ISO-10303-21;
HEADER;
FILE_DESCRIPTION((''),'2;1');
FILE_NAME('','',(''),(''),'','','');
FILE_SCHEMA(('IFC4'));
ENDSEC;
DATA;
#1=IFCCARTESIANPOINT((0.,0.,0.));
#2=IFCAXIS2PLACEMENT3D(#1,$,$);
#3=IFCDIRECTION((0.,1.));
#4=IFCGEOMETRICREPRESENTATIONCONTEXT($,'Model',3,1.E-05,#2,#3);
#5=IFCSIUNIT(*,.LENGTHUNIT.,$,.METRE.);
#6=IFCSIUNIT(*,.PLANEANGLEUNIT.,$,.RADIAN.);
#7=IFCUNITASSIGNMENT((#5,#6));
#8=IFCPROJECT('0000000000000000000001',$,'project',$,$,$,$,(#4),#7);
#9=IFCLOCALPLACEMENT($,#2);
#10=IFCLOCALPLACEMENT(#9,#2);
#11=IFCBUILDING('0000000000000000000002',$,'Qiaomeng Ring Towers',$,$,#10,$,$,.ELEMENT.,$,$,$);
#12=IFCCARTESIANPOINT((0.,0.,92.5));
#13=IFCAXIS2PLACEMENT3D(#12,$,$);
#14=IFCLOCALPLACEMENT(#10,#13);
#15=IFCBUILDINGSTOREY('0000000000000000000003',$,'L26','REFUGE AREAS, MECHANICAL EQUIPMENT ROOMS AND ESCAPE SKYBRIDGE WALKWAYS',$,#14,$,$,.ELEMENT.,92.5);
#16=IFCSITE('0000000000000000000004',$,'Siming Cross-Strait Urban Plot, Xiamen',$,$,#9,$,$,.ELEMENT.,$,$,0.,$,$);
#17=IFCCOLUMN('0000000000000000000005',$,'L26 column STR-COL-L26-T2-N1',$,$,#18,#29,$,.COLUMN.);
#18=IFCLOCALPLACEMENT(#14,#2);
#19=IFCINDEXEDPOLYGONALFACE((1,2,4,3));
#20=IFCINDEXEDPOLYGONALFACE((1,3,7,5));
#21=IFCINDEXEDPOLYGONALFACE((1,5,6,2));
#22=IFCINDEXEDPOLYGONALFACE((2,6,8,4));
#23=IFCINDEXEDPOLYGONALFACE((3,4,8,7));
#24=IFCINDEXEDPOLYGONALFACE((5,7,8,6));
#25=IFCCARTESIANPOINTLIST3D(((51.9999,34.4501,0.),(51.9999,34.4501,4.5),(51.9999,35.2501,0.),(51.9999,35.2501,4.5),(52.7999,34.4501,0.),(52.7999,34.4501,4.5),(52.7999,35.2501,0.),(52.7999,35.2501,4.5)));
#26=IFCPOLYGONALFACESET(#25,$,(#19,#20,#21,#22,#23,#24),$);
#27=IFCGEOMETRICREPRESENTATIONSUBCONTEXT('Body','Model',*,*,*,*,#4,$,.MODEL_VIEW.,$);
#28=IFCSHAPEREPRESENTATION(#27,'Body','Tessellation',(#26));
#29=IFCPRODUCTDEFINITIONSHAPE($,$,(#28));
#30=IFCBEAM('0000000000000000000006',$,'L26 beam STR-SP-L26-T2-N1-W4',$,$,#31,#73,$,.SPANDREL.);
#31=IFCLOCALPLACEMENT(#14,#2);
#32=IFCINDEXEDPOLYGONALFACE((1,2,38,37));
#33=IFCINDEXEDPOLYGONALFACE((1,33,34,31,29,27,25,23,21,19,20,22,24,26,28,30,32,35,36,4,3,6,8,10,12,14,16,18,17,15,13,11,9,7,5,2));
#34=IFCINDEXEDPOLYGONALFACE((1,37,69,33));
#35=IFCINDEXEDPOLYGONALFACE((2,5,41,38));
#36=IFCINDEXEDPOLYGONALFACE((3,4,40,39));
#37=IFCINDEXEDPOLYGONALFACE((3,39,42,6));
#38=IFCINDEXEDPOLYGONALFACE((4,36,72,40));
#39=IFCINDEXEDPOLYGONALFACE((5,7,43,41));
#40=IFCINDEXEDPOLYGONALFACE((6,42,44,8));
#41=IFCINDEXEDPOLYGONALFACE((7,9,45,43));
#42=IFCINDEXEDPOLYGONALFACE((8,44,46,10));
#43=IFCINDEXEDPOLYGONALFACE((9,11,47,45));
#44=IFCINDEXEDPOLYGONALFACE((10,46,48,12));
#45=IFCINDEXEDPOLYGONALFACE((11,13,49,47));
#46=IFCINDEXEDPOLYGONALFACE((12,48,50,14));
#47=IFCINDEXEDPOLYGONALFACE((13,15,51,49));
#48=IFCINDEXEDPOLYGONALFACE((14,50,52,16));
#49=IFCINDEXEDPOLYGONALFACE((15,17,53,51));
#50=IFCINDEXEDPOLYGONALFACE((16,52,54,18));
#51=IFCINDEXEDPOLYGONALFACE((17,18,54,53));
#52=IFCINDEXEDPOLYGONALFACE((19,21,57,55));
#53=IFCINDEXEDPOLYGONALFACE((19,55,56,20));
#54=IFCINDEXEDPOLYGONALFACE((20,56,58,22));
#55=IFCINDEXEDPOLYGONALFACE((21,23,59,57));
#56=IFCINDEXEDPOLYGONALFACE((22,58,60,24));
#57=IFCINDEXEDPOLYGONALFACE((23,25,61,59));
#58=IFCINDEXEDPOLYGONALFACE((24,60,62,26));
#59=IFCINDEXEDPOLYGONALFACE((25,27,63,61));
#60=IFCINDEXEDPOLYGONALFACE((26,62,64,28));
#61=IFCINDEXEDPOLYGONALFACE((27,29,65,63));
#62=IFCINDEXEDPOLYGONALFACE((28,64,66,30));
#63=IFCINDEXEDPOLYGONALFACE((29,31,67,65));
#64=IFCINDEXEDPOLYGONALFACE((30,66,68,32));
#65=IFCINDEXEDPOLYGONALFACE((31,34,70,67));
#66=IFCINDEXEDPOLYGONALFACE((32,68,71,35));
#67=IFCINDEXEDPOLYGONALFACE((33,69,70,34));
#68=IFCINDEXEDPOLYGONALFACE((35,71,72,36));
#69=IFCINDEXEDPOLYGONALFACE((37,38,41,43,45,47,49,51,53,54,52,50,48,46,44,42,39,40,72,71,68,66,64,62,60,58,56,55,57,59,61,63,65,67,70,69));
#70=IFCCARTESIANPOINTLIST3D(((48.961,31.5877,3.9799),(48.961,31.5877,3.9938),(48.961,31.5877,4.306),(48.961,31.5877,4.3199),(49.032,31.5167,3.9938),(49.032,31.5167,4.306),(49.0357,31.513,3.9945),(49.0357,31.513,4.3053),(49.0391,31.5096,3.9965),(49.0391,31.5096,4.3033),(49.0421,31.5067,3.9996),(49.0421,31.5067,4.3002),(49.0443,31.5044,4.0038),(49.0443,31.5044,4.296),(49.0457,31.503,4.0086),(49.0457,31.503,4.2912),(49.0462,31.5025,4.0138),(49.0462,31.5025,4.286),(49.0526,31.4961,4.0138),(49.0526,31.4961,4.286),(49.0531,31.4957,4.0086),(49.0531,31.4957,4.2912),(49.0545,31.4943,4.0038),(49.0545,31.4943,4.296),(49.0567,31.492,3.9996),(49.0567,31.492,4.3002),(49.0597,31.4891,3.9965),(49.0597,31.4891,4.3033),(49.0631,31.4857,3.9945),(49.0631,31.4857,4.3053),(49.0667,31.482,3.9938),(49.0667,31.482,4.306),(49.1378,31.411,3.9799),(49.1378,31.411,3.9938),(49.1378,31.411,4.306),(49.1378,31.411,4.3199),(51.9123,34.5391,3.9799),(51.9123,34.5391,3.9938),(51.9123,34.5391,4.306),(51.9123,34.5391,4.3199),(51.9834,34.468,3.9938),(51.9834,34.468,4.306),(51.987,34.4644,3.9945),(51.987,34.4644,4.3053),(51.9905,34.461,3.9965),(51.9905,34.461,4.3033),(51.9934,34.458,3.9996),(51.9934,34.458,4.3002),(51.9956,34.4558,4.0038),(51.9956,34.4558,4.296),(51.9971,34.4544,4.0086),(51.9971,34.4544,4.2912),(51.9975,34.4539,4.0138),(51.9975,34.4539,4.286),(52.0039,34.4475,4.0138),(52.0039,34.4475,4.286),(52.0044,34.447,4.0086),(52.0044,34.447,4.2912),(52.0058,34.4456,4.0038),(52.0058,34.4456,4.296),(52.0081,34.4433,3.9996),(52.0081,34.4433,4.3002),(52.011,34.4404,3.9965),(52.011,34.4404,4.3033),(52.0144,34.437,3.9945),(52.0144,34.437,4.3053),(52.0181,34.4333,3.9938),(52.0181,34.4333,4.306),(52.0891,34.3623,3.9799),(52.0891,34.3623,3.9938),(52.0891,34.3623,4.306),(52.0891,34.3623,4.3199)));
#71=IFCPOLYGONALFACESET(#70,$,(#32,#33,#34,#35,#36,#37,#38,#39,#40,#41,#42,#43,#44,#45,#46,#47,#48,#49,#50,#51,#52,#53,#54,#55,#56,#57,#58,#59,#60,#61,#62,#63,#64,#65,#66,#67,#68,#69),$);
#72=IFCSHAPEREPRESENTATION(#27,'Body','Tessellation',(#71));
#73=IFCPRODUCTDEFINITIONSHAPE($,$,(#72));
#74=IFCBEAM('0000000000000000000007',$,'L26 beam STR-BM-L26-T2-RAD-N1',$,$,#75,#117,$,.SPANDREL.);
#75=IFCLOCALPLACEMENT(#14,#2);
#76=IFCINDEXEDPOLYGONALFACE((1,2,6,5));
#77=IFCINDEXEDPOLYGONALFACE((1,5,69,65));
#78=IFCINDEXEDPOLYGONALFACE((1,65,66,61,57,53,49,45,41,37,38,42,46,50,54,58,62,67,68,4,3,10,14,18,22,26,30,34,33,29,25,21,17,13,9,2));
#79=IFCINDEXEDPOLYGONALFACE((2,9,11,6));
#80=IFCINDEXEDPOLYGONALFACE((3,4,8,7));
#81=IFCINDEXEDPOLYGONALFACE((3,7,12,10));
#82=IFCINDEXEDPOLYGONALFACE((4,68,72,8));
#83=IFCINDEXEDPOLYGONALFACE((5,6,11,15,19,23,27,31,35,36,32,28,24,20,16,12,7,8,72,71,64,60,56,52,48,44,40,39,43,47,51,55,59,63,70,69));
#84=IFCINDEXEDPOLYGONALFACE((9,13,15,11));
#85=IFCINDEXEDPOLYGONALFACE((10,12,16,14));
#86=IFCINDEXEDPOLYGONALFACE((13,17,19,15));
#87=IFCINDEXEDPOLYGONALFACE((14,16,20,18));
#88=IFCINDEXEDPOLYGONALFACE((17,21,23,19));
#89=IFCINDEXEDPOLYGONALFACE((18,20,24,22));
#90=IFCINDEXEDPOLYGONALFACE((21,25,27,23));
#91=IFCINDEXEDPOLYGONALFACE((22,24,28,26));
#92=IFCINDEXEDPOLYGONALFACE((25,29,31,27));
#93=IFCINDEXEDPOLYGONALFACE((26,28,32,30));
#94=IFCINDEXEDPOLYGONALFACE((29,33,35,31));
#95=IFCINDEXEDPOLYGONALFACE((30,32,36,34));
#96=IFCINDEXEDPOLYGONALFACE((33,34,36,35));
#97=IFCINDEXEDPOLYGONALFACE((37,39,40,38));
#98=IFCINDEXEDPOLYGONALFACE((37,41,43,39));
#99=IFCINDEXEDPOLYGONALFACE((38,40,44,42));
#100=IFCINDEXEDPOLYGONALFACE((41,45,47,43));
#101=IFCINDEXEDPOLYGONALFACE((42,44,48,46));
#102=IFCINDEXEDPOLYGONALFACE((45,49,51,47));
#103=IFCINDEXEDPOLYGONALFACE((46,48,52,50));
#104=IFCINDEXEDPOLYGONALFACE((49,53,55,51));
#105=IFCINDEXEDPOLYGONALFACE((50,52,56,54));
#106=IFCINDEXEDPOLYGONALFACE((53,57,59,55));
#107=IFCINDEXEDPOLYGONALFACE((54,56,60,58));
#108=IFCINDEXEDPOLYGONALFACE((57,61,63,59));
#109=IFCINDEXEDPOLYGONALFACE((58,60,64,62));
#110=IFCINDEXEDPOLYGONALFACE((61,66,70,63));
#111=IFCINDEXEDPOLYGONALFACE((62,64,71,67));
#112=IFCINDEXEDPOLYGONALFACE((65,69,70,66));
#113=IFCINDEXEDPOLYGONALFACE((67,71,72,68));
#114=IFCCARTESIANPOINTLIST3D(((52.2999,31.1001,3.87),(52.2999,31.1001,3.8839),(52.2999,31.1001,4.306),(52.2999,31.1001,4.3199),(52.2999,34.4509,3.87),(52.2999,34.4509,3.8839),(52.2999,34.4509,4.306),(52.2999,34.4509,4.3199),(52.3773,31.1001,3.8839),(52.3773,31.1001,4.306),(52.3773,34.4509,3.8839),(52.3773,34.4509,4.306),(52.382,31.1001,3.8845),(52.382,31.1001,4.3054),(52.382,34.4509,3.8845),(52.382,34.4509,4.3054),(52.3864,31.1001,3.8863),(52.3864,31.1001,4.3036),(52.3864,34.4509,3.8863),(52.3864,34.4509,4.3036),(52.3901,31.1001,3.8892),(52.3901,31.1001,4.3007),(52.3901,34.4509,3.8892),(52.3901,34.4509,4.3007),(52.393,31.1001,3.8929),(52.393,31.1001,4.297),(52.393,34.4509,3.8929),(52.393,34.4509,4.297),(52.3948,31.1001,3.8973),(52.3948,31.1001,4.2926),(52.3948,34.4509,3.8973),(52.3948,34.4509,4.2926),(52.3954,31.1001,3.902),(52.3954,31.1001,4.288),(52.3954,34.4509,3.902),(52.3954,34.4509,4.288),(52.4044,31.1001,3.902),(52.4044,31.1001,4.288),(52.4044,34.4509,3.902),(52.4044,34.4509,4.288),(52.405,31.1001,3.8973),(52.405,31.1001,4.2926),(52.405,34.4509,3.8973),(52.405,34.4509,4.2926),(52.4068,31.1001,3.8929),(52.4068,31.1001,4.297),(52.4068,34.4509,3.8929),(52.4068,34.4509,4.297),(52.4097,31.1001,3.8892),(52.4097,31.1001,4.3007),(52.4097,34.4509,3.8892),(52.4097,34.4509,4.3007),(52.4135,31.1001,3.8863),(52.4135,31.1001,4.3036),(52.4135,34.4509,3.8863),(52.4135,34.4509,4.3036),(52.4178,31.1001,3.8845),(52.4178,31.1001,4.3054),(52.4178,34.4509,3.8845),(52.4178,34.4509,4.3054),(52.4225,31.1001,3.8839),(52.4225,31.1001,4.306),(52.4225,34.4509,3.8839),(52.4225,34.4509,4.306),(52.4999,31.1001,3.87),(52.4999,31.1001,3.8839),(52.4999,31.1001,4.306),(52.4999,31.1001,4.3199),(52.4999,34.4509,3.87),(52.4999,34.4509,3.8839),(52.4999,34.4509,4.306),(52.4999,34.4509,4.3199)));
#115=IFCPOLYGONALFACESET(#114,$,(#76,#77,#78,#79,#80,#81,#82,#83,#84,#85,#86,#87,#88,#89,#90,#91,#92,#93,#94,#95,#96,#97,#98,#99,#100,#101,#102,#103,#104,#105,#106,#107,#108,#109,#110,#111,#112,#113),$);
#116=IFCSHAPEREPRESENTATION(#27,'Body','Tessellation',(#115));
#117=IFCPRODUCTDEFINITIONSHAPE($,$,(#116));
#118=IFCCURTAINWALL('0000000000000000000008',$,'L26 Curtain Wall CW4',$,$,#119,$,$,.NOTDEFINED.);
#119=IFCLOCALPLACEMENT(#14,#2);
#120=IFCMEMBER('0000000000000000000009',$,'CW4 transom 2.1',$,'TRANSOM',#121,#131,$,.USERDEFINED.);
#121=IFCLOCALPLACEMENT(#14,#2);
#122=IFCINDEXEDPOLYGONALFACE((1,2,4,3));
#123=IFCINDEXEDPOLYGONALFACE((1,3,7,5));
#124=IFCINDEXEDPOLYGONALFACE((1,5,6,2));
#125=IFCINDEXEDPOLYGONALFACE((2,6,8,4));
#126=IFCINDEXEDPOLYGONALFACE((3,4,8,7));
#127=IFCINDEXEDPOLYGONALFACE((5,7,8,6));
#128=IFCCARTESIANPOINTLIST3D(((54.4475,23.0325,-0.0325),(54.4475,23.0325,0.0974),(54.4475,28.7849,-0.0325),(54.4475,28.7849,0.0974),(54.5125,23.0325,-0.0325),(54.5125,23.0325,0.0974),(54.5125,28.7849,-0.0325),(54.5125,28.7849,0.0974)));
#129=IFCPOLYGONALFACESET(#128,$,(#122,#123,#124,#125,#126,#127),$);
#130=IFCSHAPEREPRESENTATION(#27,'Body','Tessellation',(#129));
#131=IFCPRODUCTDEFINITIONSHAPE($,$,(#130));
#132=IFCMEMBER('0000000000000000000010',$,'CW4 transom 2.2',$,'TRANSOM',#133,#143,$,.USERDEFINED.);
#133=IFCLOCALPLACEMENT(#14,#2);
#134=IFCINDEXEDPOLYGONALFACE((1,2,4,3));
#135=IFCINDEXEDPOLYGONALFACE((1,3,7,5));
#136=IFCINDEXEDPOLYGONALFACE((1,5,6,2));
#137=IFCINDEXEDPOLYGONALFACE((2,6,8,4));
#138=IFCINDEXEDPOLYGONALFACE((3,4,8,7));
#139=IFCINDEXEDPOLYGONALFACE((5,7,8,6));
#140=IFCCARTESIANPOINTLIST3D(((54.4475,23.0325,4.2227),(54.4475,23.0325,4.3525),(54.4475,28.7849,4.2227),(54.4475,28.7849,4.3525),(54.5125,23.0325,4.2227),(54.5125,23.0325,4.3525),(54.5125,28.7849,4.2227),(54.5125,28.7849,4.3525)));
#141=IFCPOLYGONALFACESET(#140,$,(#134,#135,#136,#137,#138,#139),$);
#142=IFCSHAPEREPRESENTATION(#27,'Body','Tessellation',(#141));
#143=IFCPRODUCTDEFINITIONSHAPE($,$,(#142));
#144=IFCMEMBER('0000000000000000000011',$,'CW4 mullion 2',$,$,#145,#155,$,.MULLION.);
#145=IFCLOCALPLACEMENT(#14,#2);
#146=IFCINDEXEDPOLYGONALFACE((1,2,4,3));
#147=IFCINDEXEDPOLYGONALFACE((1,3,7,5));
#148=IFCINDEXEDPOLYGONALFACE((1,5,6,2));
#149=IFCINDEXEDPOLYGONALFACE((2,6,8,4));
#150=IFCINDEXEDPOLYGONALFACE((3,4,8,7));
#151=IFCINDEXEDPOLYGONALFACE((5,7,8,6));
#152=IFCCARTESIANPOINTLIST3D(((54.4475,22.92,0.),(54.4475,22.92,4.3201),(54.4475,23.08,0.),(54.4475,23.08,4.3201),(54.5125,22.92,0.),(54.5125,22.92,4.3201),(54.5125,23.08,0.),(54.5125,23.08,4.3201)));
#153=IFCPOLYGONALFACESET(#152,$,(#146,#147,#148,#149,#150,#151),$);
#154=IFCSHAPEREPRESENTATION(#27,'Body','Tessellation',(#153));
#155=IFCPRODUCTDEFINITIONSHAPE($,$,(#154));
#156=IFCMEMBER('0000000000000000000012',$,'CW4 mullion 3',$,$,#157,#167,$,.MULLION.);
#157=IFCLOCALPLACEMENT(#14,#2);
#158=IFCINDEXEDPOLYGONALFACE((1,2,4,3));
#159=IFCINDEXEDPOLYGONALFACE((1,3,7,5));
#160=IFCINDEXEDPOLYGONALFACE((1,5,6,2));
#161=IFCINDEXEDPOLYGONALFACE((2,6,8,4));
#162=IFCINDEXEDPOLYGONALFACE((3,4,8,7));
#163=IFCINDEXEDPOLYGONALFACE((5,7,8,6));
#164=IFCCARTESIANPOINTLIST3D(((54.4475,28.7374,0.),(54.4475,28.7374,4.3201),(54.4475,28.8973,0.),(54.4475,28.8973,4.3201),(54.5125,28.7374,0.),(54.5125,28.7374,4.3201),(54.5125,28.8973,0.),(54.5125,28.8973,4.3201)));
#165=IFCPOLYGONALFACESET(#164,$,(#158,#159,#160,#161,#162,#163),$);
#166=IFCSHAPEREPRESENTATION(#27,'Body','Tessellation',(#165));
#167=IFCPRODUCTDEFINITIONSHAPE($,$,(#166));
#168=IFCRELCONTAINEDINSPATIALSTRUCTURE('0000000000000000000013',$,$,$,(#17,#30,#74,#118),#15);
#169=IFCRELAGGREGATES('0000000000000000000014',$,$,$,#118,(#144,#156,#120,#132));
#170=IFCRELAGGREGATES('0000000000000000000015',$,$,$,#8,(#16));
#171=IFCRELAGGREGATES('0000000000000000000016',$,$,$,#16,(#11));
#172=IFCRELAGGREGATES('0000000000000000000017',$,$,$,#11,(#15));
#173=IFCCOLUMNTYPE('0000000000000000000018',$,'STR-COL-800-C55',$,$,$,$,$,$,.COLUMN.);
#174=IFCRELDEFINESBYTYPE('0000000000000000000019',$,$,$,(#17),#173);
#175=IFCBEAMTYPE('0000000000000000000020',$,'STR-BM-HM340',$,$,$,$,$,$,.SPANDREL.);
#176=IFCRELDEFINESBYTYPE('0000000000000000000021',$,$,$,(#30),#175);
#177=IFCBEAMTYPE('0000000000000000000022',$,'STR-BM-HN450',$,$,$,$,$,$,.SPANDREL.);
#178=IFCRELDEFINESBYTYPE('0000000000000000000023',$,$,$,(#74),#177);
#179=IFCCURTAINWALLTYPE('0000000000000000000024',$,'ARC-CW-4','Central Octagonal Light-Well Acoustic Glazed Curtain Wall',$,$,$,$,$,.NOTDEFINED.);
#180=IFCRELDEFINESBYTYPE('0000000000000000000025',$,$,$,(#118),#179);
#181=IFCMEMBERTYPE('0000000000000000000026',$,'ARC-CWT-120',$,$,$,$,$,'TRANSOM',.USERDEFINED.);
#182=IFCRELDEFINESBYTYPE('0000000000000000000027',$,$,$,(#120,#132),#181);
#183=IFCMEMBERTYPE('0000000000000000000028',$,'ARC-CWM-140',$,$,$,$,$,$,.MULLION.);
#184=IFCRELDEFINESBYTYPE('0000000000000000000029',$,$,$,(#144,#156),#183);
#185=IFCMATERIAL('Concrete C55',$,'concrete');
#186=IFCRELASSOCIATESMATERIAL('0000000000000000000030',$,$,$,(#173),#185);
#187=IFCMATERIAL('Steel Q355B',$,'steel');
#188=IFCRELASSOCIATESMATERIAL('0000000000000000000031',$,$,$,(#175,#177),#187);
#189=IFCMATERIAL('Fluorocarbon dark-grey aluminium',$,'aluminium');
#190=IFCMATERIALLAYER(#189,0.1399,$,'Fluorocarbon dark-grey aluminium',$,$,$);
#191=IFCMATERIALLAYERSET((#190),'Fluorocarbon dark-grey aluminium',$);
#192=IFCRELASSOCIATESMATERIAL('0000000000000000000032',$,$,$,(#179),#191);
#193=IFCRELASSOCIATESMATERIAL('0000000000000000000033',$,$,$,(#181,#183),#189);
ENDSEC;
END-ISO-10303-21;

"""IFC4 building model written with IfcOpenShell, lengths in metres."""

from ifc_helpers import new_model, si_unit, direction, frame, origin, origin_2d, place, context, subcontext, project, spatial, rectangle, i_section, extrude, source, transform, mapped, material, layer, layer_set, material_profile, profile_set, type_object, element, aggregate, save


model = new_model("IFC4")

# Units and contexts
model_context = context("Model", 3, precision=1e-05, world=origin(), true_north=direction((0.0, 1.0)))
body_context = subcontext(model_context, "Body", "Model", "MODEL_VIEW")
ifc_project = project(units=[si_unit("LENGTHUNIT", "METRE"), si_unit("PLANEANGLEUNIT", "RADIAN")], contexts=[model_context])

# Site, building, storey
site_placement = place(None, origin())
site = spatial("IfcSite", under=ifc_project, at=site_placement, Name="Siming Cross-Strait Urban Plot, Xiamen", CompositionType="ELEMENT", RefElevation=0.0)
building_placement = place(site_placement, origin())
building = spatial("IfcBuilding", under=site, at=building_placement, Name="Qiaomeng Ring Towers", CompositionType="ELEMENT")
storey_placement = place(building_placement, frame((0.0, 0.0, 92.5)))
storey = spatial("IfcBuildingStorey", under=building, at=storey_placement, Name="L26", Description="REFUGE AREAS, MECHANICAL EQUIPMENT ROOMS AND ESCAPE SKYBRIDGE WALKWAYS", CompositionType="ELEMENT", Elevation=92.5)

# Column
ifc_material_1 = material(Name="Concrete C55", Category="concrete")
ifc_material_profile_1 = material_profile(ifc_material_1, rectangle(XDim=0.8, YDim=0.8, at=origin_2d()), Name="RC COL 800x800")
ifc_profile_set_1 = profile_set([ifc_material_profile_1], Name="Concrete C55")
column_type = type_object("IfcColumnType", Name="STR-COL-800-C55", PredefinedType="COLUMN", material=ifc_profile_set_1)
shared_shape_1 = source(origin(), body_context, "Body", "SweptSolid", [
    extrude(rectangle(XDim=0.8, YDim=0.8, at=origin_2d()), origin(), (0.0, 0.0, 1.0), 4.5),
])
column_placement = place(storey_placement, frame((52.3999, 34.8501, 0.0), z_axis=(0.0, 0.0, 1.0), x_axis=(1.0, 0.0, 0.0)))
element("IfcColumn", 1, at=column_placement, inside=storey, type_object=column_type, Name="L26 column STR-COL-L26-T2-N1", PredefinedType="COLUMN", context=body_context, shape_type="MappedRepresentation", body=[
    mapped(shared_shape_1, transform((0.0, 0.0, 0.0), x_axis=(1.0, 0.0, 0.0), y_axis=(0.0, 1.0, 0.0), z_axis=(0.0, 0.0, 1.0), scale=1.0)),
])

# Beams
ifc_material_2 = material(Name="Steel Q355B", Category="steel")
ifc_material_profile_2 = material_profile(ifc_material_2, i_section(OverallWidth=0.25, OverallDepth=0.3401, WebThickness=0.009, FlangeThickness=0.0139, FilletRadius=0.02, at=origin_2d()), Name="HM 340x250x9x14")
ifc_profile_set_2 = profile_set([ifc_material_profile_2], Name="Steel Q355B")
beam_type_1 = type_object("IfcBeamType", Name="STR-BM-HM340", PredefinedType="SPANDREL", material=ifc_profile_set_2)
shared_shape_2 = source(origin(), body_context, "Body", "SweptSolid", [
    extrude(i_section(OverallWidth=0.25, OverallDepth=0.3401, WebThickness=0.009, FlangeThickness=0.0139, FilletRadius=0.02, at=origin_2d()), origin(), (0.0, 0.0, 1.0), 4.1738),
])
beam_1_placement = place(storey_placement, frame((52.0007, 34.4507, 4.1499), z_axis=(-0.707107, -0.707107, 0.0), x_axis=(0.707107, -0.707107, 0.0)))
element("IfcBeam", 2, at=beam_1_placement, inside=storey, type_object=beam_type_1, Name="L26 beam STR-SP-L26-T2-N1-W4", PredefinedType="SPANDREL", context=body_context, shape_type="MappedRepresentation", body=[
    mapped(shared_shape_2, transform((0.0, 0.0, 0.0), x_axis=(1.0, 0.0, 0.0), y_axis=(0.0, 1.0, 0.0), z_axis=(0.0, 0.0, 1.0), scale=1.0)),
])
ifc_material_profile_3 = material_profile(ifc_material_2, i_section(OverallWidth=0.2, OverallDepth=0.45, WebThickness=0.009, FlangeThickness=0.0139, FilletRadius=0.0181, at=origin_2d()), Name="HN 450x200x9x14")
ifc_profile_set_3 = profile_set([ifc_material_profile_3], Name="Steel Q355B")
beam_type_2 = type_object("IfcBeamType", Name="STR-BM-HN450", PredefinedType="SPANDREL", material=ifc_profile_set_3)
shared_shape_3 = source(origin(), body_context, "Body", "SweptSolid", [
    extrude(i_section(OverallWidth=0.2, OverallDepth=0.45, WebThickness=0.009, FlangeThickness=0.0139, FilletRadius=0.0181, at=origin_2d()), origin(), (0.0, 0.0, 1.0), 3.3508),
])
beam_2_placement = place(storey_placement, frame((52.3999, 34.4509, 4.095), z_axis=(0.0, -1.0, 0.0), x_axis=(1.0, 0.0, 0.0)))
element("IfcBeam", 3, at=beam_2_placement, inside=storey, type_object=beam_type_2, Name="L26 beam STR-BM-L26-T2-RAD-N1", PredefinedType="SPANDREL", context=body_context, shape_type="MappedRepresentation", body=[
    mapped(shared_shape_3, transform((0.0, 0.0, 0.0), x_axis=(1.0, 0.0, 0.0), y_axis=(0.0, 1.0, 0.0), z_axis=(0.0, 0.0, 1.0), scale=1.0)),
])

# Curtain wall, members
ifc_material_3 = material(Name="Fluorocarbon dark-grey aluminium", Category="aluminium")
ifc_layer_1 = layer(ifc_material_3, 0.1399, Name="Fluorocarbon dark-grey aluminium")
ifc_layer_set_1 = layer_set([ifc_layer_1], Name="Fluorocarbon dark-grey aluminium")
curtain_wall_type_1 = type_object("IfcCurtainWallType", Name="ARC-CW-4", Description="Central Octagonal Light-Well Acoustic Glazed Curtain Wall", PredefinedType="NOTDEFINED", material=ifc_layer_set_1)
curtain_wall_1_placement = place(storey_placement, origin())
curtain_wall_1 = element("IfcCurtainWall", 4, at=curtain_wall_1_placement, inside=storey, type_object=curtain_wall_type_1, Name="L26 Curtain Wall CW4", PredefinedType="NOTDEFINED")
ifc_material_profile_4 = material_profile(ifc_material_3, rectangle(XDim=0.0649, YDim=0.1299, at=origin_2d()), Name="ALU TRAN 65x130")
ifc_profile_set_4 = profile_set([ifc_material_profile_4], Name="Fluorocarbon dark-grey aluminium")
member_type_1 = type_object("IfcMemberType", Name="ARC-CWT-120", ElementType="TRANSOM", PredefinedType="USERDEFINED", material=ifc_profile_set_4)
shared_shape_4 = source(origin(), body_context, "Body", "SweptSolid", [
    extrude(rectangle(XDim=0.0649, YDim=0.1299, at=origin_2d()), origin(), (0.0, 0.0, 1.0), 5.7524),
])
member_1_placement = place(storey_placement, frame((54.48, 23.0325, 0.0325), z_axis=(0.0, 1.0, 0.0), x_axis=(-1.0, 0.0, 0.0)))
member_1 = element("IfcMember", 5, at=member_1_placement, type_object=member_type_1, Name="CW4 transom 2.1", ObjectType="TRANSOM", PredefinedType="USERDEFINED", context=body_context, shape_type="MappedRepresentation", body=[
    mapped(shared_shape_4, transform((0.0, 0.0, 0.0), x_axis=(1.0, 0.0, 0.0), y_axis=(0.0, 1.0, 0.0), z_axis=(0.0, 0.0, 1.0), scale=1.0)),
])
member_2_placement = place(storey_placement, frame((54.48, 23.0325, 4.2876), z_axis=(0.0, 1.0, 0.0), x_axis=(-1.0, 0.0, 0.0)))
member_2 = element("IfcMember", 6, at=member_2_placement, type_object=member_type_1, Name="CW4 transom 2.2", ObjectType="TRANSOM", PredefinedType="USERDEFINED", context=body_context, shape_type="MappedRepresentation", body=[
    mapped(shared_shape_4, transform((0.0, 0.0, 0.0), x_axis=(1.0, 0.0, 0.0), y_axis=(0.0, 1.0, 0.0), z_axis=(0.0, 0.0, 1.0), scale=1.0)),
])
ifc_material_profile_5 = material_profile(ifc_material_3, rectangle(XDim=0.0649, YDim=0.1599, at=origin_2d()), Name="ALU MULL 65x160")
ifc_profile_set_5 = profile_set([ifc_material_profile_5], Name="Fluorocarbon dark-grey aluminium")
member_type_2 = type_object("IfcMemberType", Name="ARC-CWM-140", PredefinedType="MULLION", material=ifc_profile_set_5)
shared_shape_5 = source(origin(), body_context, "Body", "SweptSolid", [
    extrude(rectangle(XDim=0.0649, YDim=0.1599, at=origin_2d()), origin(), (0.0, 0.0, 1.0), 4.3201),
])
member_3_placement = place(storey_placement, frame((54.48, 23.0, 0.0), z_axis=(0.0, 0.0, 1.0), x_axis=(-1.0, 0.0, 0.0)))
member_3 = element("IfcMember", 7, at=member_3_placement, type_object=member_type_2, Name="CW4 mullion 2", PredefinedType="MULLION", context=body_context, shape_type="MappedRepresentation", body=[
    mapped(shared_shape_5, transform((0.0, 0.0, 0.0), x_axis=(1.0, 0.0, 0.0), y_axis=(0.0, 1.0, 0.0), z_axis=(0.0, 0.0, 1.0), scale=1.0)),
])
member_4_placement = place(storey_placement, frame((54.48, 28.8174, 0.0), z_axis=(0.0, 0.0, 1.0), x_axis=(-1.0, 0.0, 0.0)))
member_4 = element("IfcMember", 8, at=member_4_placement, type_object=member_type_2, Name="CW4 mullion 3", PredefinedType="MULLION", context=body_context, shape_type="MappedRepresentation", body=[
    mapped(shared_shape_5, transform((0.0, 0.0, 0.0), x_axis=(1.0, 0.0, 0.0), y_axis=(0.0, 1.0, 0.0), z_axis=(0.0, 0.0, 1.0), scale=1.0)),
])

aggregate(curtain_wall_1, [member_3, member_4, member_1, member_2])

save(model, "model.ifc")
